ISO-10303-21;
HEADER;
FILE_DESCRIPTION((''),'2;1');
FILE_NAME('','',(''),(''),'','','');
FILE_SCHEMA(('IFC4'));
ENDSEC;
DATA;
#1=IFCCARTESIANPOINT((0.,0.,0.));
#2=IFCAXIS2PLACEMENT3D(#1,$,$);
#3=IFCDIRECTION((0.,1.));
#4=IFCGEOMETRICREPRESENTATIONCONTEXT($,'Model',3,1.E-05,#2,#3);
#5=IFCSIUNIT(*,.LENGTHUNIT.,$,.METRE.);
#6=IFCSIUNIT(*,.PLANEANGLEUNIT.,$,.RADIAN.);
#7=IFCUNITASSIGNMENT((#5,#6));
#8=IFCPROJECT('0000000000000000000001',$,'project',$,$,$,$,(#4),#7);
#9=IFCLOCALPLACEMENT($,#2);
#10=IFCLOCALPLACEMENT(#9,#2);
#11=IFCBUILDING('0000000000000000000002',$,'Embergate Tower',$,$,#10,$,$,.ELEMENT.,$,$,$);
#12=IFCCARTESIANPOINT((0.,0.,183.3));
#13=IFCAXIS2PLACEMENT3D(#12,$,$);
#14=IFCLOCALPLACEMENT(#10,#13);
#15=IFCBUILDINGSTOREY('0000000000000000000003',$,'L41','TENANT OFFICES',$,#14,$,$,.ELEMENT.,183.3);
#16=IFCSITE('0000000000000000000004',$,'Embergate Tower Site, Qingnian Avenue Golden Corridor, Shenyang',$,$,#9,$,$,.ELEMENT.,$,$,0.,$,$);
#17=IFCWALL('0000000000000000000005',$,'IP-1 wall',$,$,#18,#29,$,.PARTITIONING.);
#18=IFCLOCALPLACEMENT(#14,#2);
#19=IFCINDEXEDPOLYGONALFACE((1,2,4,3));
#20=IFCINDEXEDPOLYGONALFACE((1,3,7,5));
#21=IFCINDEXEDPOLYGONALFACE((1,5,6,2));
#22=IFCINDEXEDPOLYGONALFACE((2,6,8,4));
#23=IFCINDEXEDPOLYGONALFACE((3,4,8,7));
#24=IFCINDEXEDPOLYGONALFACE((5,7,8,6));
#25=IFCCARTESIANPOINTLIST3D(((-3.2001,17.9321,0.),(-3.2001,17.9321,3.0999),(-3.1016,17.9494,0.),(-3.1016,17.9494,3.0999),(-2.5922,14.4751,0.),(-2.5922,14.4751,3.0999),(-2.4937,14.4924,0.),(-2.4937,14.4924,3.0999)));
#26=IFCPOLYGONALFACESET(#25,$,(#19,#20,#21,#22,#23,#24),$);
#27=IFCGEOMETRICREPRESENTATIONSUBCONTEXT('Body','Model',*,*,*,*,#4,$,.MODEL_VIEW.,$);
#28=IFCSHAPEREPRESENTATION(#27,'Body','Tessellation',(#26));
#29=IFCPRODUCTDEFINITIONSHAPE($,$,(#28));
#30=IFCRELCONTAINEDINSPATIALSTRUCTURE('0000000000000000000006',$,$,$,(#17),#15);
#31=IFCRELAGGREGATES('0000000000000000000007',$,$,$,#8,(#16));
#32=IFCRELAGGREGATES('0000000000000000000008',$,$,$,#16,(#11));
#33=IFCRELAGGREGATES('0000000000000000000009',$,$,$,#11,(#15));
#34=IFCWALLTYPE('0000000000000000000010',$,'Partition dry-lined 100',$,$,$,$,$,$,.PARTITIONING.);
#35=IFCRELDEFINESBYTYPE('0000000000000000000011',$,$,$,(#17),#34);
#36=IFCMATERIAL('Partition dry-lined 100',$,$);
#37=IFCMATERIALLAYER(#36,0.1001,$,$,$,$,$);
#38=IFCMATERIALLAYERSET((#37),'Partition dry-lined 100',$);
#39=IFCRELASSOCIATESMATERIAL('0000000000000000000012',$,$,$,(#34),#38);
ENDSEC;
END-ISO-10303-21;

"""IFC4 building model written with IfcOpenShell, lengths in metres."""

from ifc_helpers import new_model, si_unit, direction, frame, frame_2d, origin, place, context, subcontext, project, spatial, rectangle, extrude, source, transform, mapped, material, layer, layer_set, type_object, element, save


model = new_model("IFC4")

# Units and contexts
model_context = context("Model", 3, precision=1e-05, world=origin(), true_north=direction((0.0, 1.0)))
body_context = subcontext(model_context, "Body", "Model", "MODEL_VIEW")
ifc_project = project(units=[si_unit("LENGTHUNIT", "METRE"), si_unit("PLANEANGLEUNIT", "RADIAN")], contexts=[model_context])

# Site, building, storey
site_placement = place(None, origin())
site = spatial("IfcSite", under=ifc_project, at=site_placement, Name="Embergate Tower Site, Qingnian Avenue Golden Corridor, Shenyang", CompositionType="ELEMENT", RefElevation=0.0)
building_placement = place(site_placement, origin())
building = spatial("IfcBuilding", under=site, at=building_placement, Name="Embergate Tower", CompositionType="ELEMENT")
storey_placement = place(building_placement, frame((0.0, 0.0, 183.3)))
storey = spatial("IfcBuildingStorey", under=building, at=storey_placement, Name="L41", Description="TENANT OFFICES", CompositionType="ELEMENT", Elevation=183.3)

# Shared definitions
ifc_material_1 = material(Name="Partition dry-lined 100")
ifc_layer_1 = layer(ifc_material_1, 0.1001)
ifc_layer_set_1 = layer_set([ifc_layer_1], Name="Partition dry-lined 100")
wall_type_1 = type_object("IfcWallType", Name="Partition dry-lined 100", PredefinedType="PARTITIONING", material=ifc_layer_set_1)

# Wall
shared_shape_1 = source(origin(), body_context, "Body", "SweptSolid", [
    extrude(rectangle(XDim=3.51, YDim=0.1001, at=frame_2d((1.7549, 0.0))), origin(), (0.0, 0.0, 1.0), 3.0999),
])
wall_1_placement = place(storey_placement, frame((-2.543, 14.4839, 0.0), z_axis=(0.0, 0.0, 1.0), x_axis=(-0.17319, 0.984888, 0.0)))
element("IfcWall", 1, at=wall_1_placement, inside=storey, type_object=wall_type_1, Name="IP-1 wall", PredefinedType="PARTITIONING", context=body_context, shape_type="MappedRepresentation", body=[
    mapped(shared_shape_1, transform((0.0, 0.0, 0.0))),
])

save(model, "model.ifc")
